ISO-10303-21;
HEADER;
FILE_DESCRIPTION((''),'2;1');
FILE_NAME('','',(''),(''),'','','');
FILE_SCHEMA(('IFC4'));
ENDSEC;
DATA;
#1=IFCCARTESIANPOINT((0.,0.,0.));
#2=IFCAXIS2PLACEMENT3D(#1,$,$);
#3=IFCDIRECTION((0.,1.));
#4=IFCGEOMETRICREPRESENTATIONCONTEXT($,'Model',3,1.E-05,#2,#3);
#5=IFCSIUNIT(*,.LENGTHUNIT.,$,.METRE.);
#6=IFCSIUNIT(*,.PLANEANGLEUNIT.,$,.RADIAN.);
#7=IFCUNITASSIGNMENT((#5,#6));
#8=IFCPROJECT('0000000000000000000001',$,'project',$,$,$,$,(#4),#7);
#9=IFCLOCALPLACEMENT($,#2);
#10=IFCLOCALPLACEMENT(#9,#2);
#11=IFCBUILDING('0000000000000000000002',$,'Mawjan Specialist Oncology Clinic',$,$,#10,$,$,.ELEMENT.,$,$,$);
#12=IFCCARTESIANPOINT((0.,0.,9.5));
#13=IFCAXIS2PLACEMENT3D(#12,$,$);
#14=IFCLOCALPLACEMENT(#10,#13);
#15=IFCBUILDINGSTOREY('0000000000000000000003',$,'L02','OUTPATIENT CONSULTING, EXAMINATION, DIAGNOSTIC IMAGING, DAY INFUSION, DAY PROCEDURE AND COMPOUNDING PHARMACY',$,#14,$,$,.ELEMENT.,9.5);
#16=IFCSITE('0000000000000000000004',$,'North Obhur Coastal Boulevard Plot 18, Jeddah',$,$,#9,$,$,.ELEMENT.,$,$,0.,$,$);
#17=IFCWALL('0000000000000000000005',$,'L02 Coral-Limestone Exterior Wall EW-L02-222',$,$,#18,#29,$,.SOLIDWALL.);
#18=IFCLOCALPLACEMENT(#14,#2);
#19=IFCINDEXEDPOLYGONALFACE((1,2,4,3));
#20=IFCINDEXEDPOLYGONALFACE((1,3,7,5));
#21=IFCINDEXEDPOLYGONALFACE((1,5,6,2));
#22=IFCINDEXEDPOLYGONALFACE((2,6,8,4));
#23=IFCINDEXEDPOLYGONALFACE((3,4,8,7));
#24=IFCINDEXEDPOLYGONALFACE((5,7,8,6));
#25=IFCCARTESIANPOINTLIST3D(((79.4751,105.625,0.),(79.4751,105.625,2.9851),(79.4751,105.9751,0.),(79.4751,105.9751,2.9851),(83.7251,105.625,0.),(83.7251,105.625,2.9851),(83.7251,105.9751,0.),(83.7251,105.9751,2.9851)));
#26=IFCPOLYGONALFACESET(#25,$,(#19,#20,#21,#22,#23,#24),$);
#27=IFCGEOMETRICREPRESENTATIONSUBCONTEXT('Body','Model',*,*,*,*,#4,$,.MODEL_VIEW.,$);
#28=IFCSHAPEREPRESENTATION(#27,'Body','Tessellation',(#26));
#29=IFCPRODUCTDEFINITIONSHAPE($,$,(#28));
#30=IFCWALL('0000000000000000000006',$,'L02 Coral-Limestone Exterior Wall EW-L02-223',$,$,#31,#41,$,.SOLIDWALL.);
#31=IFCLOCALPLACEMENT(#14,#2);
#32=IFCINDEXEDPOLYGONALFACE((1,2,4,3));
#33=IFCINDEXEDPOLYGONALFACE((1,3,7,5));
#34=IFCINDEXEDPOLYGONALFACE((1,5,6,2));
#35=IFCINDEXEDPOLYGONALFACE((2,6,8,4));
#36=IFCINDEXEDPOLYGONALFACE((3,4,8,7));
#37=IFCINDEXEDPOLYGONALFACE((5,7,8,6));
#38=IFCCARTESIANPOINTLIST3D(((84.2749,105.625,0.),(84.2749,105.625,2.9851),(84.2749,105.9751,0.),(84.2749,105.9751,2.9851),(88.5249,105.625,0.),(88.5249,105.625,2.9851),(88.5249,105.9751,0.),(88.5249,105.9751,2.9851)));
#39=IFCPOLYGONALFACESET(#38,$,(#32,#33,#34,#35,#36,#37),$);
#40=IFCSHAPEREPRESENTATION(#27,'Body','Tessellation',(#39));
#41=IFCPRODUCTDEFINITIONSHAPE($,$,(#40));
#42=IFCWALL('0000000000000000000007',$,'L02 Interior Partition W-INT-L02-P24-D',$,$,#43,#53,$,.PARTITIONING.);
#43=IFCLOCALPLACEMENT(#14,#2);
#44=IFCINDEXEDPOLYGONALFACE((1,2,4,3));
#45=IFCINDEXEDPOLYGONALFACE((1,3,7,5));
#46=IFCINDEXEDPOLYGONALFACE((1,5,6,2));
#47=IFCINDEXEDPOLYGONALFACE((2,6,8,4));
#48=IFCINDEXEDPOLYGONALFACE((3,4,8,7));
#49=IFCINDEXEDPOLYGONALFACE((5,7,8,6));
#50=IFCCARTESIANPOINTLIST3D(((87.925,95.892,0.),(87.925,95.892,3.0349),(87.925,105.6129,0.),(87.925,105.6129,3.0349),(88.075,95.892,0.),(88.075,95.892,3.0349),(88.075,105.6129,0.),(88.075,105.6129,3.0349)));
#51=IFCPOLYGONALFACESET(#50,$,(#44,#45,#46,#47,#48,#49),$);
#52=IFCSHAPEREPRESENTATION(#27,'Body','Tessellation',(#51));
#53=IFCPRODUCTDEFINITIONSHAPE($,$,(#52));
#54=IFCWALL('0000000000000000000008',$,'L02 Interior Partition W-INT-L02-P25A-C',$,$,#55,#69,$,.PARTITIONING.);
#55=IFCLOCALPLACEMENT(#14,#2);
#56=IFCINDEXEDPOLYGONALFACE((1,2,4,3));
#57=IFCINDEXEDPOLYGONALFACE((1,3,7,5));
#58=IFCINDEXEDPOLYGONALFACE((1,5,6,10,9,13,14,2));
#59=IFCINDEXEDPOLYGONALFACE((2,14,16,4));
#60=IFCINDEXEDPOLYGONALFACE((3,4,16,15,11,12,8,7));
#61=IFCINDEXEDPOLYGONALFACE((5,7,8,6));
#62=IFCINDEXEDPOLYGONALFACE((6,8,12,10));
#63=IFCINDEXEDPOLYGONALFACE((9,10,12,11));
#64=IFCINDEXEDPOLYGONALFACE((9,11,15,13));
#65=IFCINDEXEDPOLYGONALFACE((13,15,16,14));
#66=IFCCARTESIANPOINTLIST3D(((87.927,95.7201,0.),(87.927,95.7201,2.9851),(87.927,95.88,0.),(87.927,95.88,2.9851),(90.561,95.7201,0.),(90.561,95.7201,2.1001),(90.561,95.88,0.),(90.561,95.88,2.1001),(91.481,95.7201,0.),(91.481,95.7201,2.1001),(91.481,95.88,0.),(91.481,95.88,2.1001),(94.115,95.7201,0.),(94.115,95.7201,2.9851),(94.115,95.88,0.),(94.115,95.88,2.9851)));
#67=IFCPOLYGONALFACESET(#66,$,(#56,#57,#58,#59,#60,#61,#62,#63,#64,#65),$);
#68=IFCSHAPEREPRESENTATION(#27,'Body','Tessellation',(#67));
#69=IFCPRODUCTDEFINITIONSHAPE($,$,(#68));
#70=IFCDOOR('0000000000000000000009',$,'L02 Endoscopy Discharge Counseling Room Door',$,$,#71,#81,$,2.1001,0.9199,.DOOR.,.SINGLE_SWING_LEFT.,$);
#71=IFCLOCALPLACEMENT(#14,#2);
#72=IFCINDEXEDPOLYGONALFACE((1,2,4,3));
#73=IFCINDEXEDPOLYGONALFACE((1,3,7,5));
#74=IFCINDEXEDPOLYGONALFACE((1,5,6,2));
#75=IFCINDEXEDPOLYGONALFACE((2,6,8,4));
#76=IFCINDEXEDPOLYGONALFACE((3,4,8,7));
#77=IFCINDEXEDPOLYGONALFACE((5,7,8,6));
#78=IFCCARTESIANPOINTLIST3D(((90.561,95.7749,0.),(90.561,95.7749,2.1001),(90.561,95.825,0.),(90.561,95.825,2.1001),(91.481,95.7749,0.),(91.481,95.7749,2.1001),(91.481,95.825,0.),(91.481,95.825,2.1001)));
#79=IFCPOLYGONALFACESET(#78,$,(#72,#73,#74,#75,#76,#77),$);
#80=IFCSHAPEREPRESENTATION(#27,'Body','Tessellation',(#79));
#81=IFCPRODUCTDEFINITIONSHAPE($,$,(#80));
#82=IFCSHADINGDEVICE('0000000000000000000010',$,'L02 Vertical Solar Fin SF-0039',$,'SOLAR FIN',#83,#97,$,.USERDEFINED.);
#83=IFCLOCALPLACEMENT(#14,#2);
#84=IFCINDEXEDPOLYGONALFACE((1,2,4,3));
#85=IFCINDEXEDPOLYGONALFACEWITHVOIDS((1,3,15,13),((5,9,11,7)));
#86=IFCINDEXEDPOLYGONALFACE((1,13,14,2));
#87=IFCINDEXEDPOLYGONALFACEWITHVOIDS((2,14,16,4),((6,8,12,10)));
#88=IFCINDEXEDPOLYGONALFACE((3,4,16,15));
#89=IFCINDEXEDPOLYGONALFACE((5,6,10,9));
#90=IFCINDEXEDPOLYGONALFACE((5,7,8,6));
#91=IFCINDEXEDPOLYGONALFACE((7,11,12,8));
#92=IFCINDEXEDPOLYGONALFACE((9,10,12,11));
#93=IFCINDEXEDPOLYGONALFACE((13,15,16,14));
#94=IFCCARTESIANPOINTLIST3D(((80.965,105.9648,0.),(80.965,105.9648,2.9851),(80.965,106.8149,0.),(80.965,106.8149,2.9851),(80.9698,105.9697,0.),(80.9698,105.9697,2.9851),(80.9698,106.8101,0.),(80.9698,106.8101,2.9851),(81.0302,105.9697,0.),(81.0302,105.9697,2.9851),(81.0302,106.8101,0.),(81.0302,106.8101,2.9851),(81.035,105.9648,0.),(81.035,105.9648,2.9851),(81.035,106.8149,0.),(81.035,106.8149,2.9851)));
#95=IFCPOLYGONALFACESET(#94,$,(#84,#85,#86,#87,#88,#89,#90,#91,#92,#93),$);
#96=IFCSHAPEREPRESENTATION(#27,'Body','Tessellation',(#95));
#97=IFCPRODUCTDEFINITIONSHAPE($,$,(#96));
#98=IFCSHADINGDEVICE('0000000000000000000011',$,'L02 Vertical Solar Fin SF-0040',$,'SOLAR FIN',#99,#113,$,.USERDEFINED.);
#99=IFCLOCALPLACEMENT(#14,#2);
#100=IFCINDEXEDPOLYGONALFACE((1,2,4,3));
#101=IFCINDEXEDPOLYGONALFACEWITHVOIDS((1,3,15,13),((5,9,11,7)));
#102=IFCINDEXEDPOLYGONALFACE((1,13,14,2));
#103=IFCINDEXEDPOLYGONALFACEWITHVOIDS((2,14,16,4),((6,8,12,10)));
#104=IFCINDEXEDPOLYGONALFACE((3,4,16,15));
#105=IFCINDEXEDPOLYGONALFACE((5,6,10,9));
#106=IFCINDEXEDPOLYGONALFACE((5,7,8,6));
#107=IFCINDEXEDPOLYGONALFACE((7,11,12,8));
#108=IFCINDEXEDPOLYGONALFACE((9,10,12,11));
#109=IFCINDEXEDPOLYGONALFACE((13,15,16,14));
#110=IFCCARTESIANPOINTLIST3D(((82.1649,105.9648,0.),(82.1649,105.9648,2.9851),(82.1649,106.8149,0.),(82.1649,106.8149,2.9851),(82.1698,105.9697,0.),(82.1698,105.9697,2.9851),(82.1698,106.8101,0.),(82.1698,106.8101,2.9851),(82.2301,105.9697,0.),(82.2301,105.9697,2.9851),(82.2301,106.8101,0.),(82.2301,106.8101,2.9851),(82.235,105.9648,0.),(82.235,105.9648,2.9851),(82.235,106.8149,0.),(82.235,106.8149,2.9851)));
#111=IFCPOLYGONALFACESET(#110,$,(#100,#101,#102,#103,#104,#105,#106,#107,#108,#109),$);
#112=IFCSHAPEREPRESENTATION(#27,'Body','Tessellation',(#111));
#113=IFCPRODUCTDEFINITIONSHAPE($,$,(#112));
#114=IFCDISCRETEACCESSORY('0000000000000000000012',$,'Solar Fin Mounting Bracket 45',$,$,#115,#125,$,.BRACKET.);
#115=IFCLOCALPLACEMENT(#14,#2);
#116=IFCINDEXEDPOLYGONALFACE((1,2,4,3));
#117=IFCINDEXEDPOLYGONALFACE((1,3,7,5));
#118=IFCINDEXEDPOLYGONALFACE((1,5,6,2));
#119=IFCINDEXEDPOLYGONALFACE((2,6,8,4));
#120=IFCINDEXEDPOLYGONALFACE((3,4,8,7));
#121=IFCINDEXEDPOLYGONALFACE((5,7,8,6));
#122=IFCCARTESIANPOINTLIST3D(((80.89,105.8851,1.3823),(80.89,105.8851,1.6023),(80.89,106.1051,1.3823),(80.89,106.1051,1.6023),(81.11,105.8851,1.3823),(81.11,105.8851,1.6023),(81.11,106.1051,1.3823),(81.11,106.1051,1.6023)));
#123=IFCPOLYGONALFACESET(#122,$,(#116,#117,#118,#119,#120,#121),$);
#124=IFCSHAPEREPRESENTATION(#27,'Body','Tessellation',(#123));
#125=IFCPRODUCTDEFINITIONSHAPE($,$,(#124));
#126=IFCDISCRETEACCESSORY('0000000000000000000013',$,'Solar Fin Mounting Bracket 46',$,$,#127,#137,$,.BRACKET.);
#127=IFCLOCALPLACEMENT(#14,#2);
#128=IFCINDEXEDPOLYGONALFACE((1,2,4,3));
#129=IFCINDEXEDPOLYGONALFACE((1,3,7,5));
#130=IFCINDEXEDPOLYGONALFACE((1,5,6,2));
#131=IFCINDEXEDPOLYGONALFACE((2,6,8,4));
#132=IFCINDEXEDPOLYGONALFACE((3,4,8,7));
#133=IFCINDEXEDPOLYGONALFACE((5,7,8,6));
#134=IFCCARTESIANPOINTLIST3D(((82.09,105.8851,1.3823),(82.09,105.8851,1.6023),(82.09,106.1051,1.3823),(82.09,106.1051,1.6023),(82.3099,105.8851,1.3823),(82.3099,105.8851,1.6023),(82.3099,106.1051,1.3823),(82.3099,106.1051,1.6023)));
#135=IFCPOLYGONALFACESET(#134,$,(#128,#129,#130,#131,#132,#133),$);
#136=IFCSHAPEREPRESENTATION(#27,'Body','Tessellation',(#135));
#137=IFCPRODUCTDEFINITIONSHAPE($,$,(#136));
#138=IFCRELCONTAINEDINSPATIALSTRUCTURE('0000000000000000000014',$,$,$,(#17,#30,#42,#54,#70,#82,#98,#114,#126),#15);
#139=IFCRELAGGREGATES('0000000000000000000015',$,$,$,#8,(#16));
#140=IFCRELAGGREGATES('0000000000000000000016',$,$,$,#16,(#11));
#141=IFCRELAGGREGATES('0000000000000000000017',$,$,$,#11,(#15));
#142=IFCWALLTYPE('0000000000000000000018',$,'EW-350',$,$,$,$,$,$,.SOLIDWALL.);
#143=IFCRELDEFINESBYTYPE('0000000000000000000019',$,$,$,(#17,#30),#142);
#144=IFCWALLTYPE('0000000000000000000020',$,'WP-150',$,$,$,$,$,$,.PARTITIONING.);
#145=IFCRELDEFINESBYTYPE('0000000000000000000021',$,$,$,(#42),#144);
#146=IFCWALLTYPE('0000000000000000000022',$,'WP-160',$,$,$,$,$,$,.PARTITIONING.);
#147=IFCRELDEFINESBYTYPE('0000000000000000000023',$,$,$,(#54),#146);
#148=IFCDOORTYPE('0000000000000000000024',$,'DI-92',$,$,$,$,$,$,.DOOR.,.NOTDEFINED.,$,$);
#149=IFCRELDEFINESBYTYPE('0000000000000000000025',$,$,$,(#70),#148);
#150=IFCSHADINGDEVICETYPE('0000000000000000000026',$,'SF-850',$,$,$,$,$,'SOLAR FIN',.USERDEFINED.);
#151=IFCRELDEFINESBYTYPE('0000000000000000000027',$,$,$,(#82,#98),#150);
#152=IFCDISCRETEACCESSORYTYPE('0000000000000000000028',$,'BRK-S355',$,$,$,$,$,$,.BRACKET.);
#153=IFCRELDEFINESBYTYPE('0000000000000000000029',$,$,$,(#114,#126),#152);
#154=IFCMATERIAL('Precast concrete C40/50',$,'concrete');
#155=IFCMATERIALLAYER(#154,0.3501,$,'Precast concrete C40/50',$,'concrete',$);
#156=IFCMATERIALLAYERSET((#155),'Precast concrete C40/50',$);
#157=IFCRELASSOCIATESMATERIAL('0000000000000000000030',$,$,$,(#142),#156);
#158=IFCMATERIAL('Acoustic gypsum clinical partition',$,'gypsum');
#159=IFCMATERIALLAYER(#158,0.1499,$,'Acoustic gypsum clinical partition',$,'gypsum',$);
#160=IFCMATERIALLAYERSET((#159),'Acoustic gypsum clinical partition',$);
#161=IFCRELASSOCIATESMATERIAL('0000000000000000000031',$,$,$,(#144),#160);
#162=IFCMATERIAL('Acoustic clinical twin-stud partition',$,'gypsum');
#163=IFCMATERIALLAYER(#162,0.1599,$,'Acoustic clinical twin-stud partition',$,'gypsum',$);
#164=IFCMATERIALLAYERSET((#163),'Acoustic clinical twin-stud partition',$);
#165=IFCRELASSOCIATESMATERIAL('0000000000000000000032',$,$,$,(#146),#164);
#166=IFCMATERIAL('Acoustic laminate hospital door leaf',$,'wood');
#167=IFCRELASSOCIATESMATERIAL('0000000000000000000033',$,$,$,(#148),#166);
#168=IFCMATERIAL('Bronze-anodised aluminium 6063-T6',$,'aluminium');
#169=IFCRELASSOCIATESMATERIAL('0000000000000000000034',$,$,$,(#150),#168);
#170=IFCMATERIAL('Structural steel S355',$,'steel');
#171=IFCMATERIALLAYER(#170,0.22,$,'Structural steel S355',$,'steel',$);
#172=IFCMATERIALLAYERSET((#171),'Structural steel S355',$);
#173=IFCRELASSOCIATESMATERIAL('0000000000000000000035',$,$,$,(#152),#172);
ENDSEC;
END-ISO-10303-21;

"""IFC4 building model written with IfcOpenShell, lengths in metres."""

from ifc_helpers import new_model, si_unit, direction, frame, frame_2d, origin, origin_2d, place, context, subcontext, project, spatial, rectangle, hollow_rectangle, extrude, material, layer, layer_set, material_profile, profile_set, type_object, element, fill, save


model = new_model("IFC4")

# Units and contexts
model_context = context("Model", 3, precision=1e-05, world=origin(), true_north=direction((0.0, 1.0)))
body_context = subcontext(model_context, "Body", "Model", "MODEL_VIEW")
ifc_project = project(units=[si_unit("LENGTHUNIT", "METRE"), si_unit("PLANEANGLEUNIT", "RADIAN")], contexts=[model_context])

# Site, building, storey
site_placement = place(None, origin())
site = spatial("IfcSite", under=ifc_project, at=site_placement, Name="North Obhur Coastal Boulevard Plot 18, Jeddah", CompositionType="ELEMENT", RefElevation=0.0)
building_placement = place(site_placement, origin())
building = spatial("IfcBuilding", under=site, at=building_placement, Name="Mawjan Specialist Oncology Clinic", CompositionType="ELEMENT")
storey_placement = place(building_placement, frame((0.0, 0.0, 9.5)))
storey = spatial("IfcBuildingStorey", under=building, at=storey_placement, Name="L02", Description="OUTPATIENT CONSULTING, EXAMINATION, DIAGNOSTIC IMAGING, DAY INFUSION, DAY PROCEDURE AND COMPOUNDING PHARMACY", CompositionType="ELEMENT", Elevation=9.5)

# Walls
ifc_material_1 = material(Name="Precast concrete C40/50", Category="concrete")
ifc_layer_1 = layer(ifc_material_1, 0.3501, Name="Precast concrete C40/50", Category="concrete")
ifc_layer_set_1 = layer_set([ifc_layer_1], Name="Precast concrete C40/50")
wall_type_1 = type_object("IfcWallType", Name="EW-350", PredefinedType="SOLIDWALL", material=ifc_layer_set_1)
for number, where, z_axis, x_axis, name in (
    (1, (79.4751, 105.8, 0.0), (0.0, 0.0, 1.0), (1.0, 0.0, 0.0), "L02 Coral-Limestone Exterior Wall EW-L02-222"),
    (2, (84.2749, 105.8, 0.0), (0.0, 0.0, 1.0), (1.0, 0.0, 0.0), "L02 Coral-Limestone Exterior Wall EW-L02-223"),
):
    element("IfcWall", number, at=place(storey_placement, frame(where, z_axis=z_axis, x_axis=x_axis)), inside=storey, type_object=wall_type_1, Name=name, PredefinedType="SOLIDWALL", context=body_context, shape_type="SweptSolid", body=[
        extrude(rectangle(XDim=4.25, YDim=0.3501, at=frame_2d((2.125, 0.0))), origin(), (0.0, 0.0, 1.0), 2.9851),
    ])
ifc_material_2 = material(Name="Acoustic gypsum clinical partition", Category="gypsum")
ifc_layer_2 = layer(ifc_material_2, 0.1499, Name="Acoustic gypsum clinical partition", Category="gypsum")
ifc_layer_set_2 = layer_set([ifc_layer_2], Name="Acoustic gypsum clinical partition")
wall_type_2 = type_object("IfcWallType", Name="WP-150", PredefinedType="PARTITIONING", material=ifc_layer_set_2)
wall_1_placement = place(storey_placement, frame((88.0, 95.8921, 0.0), z_axis=(0.0, 0.0, 1.0), x_axis=(0.0, 1.0, 0.0)))
element("IfcWall", 3, at=wall_1_placement, inside=storey, type_object=wall_type_2, Name="L02 Interior Partition W-INT-L02-P24-D", PredefinedType="PARTITIONING", context=body_context, shape_type="SweptSolid", body=[
    extrude(rectangle(XDim=9.7209, YDim=0.1499, at=frame_2d((4.8604, 0.0))), origin(), (0.0, 0.0, 1.0), 3.0349),
])

# Wall, opening, door
ifc_material_3 = material(Name="Acoustic clinical twin-stud partition", Category="gypsum")
ifc_layer_3 = layer(ifc_material_3, 0.1599, Name="Acoustic clinical twin-stud partition", Category="gypsum")
ifc_layer_set_3 = layer_set([ifc_layer_3], Name="Acoustic clinical twin-stud partition")
wall_type_3 = type_object("IfcWallType", Name="WP-160", PredefinedType="PARTITIONING", material=ifc_layer_set_3)
wall_2_placement = place(storey_placement, frame((87.927, 95.8, 0.0), z_axis=(0.0, 0.0, 1.0), x_axis=(1.0, 0.0, 0.0)))
wall_2 = element("IfcWall", 4, at=wall_2_placement, inside=storey, type_object=wall_type_3, Name="L02 Interior Partition W-INT-L02-P25A-C", PredefinedType="PARTITIONING", context=body_context, shape_type="SweptSolid", body=[
    extrude(rectangle(XDim=6.188, YDim=0.1599, at=frame_2d((3.094, 0.0))), origin(), (0.0, 0.0, 1.0), 2.9851),
])
opening_placement = place(wall_2_placement, frame((2.634, 0.0, 0.0)))
opening = element("IfcOpeningElement", 5, at=opening_placement, cuts=wall_2, PredefinedType="OPENING", context=body_context, shape_type="SweptSolid", body=[
    extrude(rectangle(XDim=0.9199, YDim=2.1001, at=frame_2d((0.46, 1.05))), frame((0.0, 0.092, 0.0), z_axis=(0.0, -1.0, 0.0), x_axis=(1.0, 0.0, 0.0)), (0.0, 0.0, 1.0), 0.1838),
])
ifc_material_4 = material(Name="Acoustic laminate hospital door leaf", Category="wood")
door_type = type_object("IfcDoorType", Name="DI-92", OperationType="NOTDEFINED", PredefinedType="DOOR", material=ifc_material_4)
door_placement = place(opening_placement, origin())
door = element("IfcDoor", 6, at=door_placement, inside=storey, type_object=door_type, Name="L02 Endoscopy Discharge Counseling Room Door", OperationType="SINGLE_SWING_LEFT", OverallHeight=2.1001, OverallWidth=0.9199, PredefinedType="DOOR", context=body_context, shape_type="SweptSolid", body=[
    extrude(rectangle(XDim=0.9199, YDim=2.1001, at=frame_2d((0.46, 1.05))), frame((0.0, 0.0249, 0.0), z_axis=(0.0, -1.0, 0.0), x_axis=(1.0, 0.0, 0.0)), (0.0, 0.0, 1.0), 0.05),
])
fill(opening, door)

# Shading devices
ifc_material_5 = material(Name="Bronze-anodised aluminium 6063-T6", Category="aluminium")
ifc_material_profile_1 = material_profile(ifc_material_5, hollow_rectangle(XDim=0.0701, YDim=0.8501, WallThickness=0.0049, at=origin_2d()), Name="FIN 850x70x5", Category="aluminium")
ifc_profile_set_1 = profile_set([ifc_material_profile_1], Name="Bronze-anodised aluminium 6063-T6")
shading_device_type = type_object("IfcShadingDeviceType", Name="SF-850", ElementType="SOLAR FIN", PredefinedType="USERDEFINED", material=ifc_profile_set_1)
for number, where, z_axis, x_axis, name in (
    (7, (81.0, 106.3899, 0.0), (0.0, 0.0, 1.0), (1.0, 0.0, 0.0), "L02 Vertical Solar Fin SF-0039"),
    (8, (82.2, 106.3899, 0.0), (0.0, 0.0, 1.0), (1.0, 0.0, 0.0), "L02 Vertical Solar Fin SF-0040"),
):
    element("IfcShadingDevice", number, at=place(storey_placement, frame(where, z_axis=z_axis, x_axis=x_axis)), inside=storey, type_object=shading_device_type, Name=name, ObjectType="SOLAR FIN", PredefinedType="USERDEFINED", context=body_context, shape_type="SweptSolid", body=[
        extrude(hollow_rectangle(XDim=0.0701, YDim=0.8501, WallThickness=0.0049, at=origin_2d()), origin(), (0.0, 0.0, 1.0), 2.9851),
    ])

# Discrete accessories
ifc_material_6 = material(Name="Structural steel S355", Category="steel")
ifc_layer_4 = layer(ifc_material_6, 0.22, Name="Structural steel S355", Category="steel")
ifc_layer_set_4 = layer_set([ifc_layer_4], Name="Structural steel S355")
discrete_accessory_type = type_object("IfcDiscreteAccessoryType", Name="BRK-S355", PredefinedType="BRACKET", material=ifc_layer_set_4)
for number, where, z_axis, x_axis, name in (
    (9, (81.0, 105.9951, 1.3823), (0.0, 0.0, 1.0), (1.0, 0.0, 0.0), "Solar Fin Mounting Bracket 45"),
    (10, (82.2, 105.9951, 1.3823), (0.0, 0.0, 1.0), (1.0, 0.0, 0.0), "Solar Fin Mounting Bracket 46"),
):
    element("IfcDiscreteAccessory", number, at=place(storey_placement, frame(where, z_axis=z_axis, x_axis=x_axis)), inside=storey, type_object=discrete_accessory_type, Name=name, PredefinedType="BRACKET", context=body_context, shape_type="SweptSolid", body=[
        extrude(rectangle(XDim=0.22, YDim=0.22, at=origin_2d()), origin(), (0.0, 0.0, 1.0), 0.22),
    ])

save(model, "model.ifc")
